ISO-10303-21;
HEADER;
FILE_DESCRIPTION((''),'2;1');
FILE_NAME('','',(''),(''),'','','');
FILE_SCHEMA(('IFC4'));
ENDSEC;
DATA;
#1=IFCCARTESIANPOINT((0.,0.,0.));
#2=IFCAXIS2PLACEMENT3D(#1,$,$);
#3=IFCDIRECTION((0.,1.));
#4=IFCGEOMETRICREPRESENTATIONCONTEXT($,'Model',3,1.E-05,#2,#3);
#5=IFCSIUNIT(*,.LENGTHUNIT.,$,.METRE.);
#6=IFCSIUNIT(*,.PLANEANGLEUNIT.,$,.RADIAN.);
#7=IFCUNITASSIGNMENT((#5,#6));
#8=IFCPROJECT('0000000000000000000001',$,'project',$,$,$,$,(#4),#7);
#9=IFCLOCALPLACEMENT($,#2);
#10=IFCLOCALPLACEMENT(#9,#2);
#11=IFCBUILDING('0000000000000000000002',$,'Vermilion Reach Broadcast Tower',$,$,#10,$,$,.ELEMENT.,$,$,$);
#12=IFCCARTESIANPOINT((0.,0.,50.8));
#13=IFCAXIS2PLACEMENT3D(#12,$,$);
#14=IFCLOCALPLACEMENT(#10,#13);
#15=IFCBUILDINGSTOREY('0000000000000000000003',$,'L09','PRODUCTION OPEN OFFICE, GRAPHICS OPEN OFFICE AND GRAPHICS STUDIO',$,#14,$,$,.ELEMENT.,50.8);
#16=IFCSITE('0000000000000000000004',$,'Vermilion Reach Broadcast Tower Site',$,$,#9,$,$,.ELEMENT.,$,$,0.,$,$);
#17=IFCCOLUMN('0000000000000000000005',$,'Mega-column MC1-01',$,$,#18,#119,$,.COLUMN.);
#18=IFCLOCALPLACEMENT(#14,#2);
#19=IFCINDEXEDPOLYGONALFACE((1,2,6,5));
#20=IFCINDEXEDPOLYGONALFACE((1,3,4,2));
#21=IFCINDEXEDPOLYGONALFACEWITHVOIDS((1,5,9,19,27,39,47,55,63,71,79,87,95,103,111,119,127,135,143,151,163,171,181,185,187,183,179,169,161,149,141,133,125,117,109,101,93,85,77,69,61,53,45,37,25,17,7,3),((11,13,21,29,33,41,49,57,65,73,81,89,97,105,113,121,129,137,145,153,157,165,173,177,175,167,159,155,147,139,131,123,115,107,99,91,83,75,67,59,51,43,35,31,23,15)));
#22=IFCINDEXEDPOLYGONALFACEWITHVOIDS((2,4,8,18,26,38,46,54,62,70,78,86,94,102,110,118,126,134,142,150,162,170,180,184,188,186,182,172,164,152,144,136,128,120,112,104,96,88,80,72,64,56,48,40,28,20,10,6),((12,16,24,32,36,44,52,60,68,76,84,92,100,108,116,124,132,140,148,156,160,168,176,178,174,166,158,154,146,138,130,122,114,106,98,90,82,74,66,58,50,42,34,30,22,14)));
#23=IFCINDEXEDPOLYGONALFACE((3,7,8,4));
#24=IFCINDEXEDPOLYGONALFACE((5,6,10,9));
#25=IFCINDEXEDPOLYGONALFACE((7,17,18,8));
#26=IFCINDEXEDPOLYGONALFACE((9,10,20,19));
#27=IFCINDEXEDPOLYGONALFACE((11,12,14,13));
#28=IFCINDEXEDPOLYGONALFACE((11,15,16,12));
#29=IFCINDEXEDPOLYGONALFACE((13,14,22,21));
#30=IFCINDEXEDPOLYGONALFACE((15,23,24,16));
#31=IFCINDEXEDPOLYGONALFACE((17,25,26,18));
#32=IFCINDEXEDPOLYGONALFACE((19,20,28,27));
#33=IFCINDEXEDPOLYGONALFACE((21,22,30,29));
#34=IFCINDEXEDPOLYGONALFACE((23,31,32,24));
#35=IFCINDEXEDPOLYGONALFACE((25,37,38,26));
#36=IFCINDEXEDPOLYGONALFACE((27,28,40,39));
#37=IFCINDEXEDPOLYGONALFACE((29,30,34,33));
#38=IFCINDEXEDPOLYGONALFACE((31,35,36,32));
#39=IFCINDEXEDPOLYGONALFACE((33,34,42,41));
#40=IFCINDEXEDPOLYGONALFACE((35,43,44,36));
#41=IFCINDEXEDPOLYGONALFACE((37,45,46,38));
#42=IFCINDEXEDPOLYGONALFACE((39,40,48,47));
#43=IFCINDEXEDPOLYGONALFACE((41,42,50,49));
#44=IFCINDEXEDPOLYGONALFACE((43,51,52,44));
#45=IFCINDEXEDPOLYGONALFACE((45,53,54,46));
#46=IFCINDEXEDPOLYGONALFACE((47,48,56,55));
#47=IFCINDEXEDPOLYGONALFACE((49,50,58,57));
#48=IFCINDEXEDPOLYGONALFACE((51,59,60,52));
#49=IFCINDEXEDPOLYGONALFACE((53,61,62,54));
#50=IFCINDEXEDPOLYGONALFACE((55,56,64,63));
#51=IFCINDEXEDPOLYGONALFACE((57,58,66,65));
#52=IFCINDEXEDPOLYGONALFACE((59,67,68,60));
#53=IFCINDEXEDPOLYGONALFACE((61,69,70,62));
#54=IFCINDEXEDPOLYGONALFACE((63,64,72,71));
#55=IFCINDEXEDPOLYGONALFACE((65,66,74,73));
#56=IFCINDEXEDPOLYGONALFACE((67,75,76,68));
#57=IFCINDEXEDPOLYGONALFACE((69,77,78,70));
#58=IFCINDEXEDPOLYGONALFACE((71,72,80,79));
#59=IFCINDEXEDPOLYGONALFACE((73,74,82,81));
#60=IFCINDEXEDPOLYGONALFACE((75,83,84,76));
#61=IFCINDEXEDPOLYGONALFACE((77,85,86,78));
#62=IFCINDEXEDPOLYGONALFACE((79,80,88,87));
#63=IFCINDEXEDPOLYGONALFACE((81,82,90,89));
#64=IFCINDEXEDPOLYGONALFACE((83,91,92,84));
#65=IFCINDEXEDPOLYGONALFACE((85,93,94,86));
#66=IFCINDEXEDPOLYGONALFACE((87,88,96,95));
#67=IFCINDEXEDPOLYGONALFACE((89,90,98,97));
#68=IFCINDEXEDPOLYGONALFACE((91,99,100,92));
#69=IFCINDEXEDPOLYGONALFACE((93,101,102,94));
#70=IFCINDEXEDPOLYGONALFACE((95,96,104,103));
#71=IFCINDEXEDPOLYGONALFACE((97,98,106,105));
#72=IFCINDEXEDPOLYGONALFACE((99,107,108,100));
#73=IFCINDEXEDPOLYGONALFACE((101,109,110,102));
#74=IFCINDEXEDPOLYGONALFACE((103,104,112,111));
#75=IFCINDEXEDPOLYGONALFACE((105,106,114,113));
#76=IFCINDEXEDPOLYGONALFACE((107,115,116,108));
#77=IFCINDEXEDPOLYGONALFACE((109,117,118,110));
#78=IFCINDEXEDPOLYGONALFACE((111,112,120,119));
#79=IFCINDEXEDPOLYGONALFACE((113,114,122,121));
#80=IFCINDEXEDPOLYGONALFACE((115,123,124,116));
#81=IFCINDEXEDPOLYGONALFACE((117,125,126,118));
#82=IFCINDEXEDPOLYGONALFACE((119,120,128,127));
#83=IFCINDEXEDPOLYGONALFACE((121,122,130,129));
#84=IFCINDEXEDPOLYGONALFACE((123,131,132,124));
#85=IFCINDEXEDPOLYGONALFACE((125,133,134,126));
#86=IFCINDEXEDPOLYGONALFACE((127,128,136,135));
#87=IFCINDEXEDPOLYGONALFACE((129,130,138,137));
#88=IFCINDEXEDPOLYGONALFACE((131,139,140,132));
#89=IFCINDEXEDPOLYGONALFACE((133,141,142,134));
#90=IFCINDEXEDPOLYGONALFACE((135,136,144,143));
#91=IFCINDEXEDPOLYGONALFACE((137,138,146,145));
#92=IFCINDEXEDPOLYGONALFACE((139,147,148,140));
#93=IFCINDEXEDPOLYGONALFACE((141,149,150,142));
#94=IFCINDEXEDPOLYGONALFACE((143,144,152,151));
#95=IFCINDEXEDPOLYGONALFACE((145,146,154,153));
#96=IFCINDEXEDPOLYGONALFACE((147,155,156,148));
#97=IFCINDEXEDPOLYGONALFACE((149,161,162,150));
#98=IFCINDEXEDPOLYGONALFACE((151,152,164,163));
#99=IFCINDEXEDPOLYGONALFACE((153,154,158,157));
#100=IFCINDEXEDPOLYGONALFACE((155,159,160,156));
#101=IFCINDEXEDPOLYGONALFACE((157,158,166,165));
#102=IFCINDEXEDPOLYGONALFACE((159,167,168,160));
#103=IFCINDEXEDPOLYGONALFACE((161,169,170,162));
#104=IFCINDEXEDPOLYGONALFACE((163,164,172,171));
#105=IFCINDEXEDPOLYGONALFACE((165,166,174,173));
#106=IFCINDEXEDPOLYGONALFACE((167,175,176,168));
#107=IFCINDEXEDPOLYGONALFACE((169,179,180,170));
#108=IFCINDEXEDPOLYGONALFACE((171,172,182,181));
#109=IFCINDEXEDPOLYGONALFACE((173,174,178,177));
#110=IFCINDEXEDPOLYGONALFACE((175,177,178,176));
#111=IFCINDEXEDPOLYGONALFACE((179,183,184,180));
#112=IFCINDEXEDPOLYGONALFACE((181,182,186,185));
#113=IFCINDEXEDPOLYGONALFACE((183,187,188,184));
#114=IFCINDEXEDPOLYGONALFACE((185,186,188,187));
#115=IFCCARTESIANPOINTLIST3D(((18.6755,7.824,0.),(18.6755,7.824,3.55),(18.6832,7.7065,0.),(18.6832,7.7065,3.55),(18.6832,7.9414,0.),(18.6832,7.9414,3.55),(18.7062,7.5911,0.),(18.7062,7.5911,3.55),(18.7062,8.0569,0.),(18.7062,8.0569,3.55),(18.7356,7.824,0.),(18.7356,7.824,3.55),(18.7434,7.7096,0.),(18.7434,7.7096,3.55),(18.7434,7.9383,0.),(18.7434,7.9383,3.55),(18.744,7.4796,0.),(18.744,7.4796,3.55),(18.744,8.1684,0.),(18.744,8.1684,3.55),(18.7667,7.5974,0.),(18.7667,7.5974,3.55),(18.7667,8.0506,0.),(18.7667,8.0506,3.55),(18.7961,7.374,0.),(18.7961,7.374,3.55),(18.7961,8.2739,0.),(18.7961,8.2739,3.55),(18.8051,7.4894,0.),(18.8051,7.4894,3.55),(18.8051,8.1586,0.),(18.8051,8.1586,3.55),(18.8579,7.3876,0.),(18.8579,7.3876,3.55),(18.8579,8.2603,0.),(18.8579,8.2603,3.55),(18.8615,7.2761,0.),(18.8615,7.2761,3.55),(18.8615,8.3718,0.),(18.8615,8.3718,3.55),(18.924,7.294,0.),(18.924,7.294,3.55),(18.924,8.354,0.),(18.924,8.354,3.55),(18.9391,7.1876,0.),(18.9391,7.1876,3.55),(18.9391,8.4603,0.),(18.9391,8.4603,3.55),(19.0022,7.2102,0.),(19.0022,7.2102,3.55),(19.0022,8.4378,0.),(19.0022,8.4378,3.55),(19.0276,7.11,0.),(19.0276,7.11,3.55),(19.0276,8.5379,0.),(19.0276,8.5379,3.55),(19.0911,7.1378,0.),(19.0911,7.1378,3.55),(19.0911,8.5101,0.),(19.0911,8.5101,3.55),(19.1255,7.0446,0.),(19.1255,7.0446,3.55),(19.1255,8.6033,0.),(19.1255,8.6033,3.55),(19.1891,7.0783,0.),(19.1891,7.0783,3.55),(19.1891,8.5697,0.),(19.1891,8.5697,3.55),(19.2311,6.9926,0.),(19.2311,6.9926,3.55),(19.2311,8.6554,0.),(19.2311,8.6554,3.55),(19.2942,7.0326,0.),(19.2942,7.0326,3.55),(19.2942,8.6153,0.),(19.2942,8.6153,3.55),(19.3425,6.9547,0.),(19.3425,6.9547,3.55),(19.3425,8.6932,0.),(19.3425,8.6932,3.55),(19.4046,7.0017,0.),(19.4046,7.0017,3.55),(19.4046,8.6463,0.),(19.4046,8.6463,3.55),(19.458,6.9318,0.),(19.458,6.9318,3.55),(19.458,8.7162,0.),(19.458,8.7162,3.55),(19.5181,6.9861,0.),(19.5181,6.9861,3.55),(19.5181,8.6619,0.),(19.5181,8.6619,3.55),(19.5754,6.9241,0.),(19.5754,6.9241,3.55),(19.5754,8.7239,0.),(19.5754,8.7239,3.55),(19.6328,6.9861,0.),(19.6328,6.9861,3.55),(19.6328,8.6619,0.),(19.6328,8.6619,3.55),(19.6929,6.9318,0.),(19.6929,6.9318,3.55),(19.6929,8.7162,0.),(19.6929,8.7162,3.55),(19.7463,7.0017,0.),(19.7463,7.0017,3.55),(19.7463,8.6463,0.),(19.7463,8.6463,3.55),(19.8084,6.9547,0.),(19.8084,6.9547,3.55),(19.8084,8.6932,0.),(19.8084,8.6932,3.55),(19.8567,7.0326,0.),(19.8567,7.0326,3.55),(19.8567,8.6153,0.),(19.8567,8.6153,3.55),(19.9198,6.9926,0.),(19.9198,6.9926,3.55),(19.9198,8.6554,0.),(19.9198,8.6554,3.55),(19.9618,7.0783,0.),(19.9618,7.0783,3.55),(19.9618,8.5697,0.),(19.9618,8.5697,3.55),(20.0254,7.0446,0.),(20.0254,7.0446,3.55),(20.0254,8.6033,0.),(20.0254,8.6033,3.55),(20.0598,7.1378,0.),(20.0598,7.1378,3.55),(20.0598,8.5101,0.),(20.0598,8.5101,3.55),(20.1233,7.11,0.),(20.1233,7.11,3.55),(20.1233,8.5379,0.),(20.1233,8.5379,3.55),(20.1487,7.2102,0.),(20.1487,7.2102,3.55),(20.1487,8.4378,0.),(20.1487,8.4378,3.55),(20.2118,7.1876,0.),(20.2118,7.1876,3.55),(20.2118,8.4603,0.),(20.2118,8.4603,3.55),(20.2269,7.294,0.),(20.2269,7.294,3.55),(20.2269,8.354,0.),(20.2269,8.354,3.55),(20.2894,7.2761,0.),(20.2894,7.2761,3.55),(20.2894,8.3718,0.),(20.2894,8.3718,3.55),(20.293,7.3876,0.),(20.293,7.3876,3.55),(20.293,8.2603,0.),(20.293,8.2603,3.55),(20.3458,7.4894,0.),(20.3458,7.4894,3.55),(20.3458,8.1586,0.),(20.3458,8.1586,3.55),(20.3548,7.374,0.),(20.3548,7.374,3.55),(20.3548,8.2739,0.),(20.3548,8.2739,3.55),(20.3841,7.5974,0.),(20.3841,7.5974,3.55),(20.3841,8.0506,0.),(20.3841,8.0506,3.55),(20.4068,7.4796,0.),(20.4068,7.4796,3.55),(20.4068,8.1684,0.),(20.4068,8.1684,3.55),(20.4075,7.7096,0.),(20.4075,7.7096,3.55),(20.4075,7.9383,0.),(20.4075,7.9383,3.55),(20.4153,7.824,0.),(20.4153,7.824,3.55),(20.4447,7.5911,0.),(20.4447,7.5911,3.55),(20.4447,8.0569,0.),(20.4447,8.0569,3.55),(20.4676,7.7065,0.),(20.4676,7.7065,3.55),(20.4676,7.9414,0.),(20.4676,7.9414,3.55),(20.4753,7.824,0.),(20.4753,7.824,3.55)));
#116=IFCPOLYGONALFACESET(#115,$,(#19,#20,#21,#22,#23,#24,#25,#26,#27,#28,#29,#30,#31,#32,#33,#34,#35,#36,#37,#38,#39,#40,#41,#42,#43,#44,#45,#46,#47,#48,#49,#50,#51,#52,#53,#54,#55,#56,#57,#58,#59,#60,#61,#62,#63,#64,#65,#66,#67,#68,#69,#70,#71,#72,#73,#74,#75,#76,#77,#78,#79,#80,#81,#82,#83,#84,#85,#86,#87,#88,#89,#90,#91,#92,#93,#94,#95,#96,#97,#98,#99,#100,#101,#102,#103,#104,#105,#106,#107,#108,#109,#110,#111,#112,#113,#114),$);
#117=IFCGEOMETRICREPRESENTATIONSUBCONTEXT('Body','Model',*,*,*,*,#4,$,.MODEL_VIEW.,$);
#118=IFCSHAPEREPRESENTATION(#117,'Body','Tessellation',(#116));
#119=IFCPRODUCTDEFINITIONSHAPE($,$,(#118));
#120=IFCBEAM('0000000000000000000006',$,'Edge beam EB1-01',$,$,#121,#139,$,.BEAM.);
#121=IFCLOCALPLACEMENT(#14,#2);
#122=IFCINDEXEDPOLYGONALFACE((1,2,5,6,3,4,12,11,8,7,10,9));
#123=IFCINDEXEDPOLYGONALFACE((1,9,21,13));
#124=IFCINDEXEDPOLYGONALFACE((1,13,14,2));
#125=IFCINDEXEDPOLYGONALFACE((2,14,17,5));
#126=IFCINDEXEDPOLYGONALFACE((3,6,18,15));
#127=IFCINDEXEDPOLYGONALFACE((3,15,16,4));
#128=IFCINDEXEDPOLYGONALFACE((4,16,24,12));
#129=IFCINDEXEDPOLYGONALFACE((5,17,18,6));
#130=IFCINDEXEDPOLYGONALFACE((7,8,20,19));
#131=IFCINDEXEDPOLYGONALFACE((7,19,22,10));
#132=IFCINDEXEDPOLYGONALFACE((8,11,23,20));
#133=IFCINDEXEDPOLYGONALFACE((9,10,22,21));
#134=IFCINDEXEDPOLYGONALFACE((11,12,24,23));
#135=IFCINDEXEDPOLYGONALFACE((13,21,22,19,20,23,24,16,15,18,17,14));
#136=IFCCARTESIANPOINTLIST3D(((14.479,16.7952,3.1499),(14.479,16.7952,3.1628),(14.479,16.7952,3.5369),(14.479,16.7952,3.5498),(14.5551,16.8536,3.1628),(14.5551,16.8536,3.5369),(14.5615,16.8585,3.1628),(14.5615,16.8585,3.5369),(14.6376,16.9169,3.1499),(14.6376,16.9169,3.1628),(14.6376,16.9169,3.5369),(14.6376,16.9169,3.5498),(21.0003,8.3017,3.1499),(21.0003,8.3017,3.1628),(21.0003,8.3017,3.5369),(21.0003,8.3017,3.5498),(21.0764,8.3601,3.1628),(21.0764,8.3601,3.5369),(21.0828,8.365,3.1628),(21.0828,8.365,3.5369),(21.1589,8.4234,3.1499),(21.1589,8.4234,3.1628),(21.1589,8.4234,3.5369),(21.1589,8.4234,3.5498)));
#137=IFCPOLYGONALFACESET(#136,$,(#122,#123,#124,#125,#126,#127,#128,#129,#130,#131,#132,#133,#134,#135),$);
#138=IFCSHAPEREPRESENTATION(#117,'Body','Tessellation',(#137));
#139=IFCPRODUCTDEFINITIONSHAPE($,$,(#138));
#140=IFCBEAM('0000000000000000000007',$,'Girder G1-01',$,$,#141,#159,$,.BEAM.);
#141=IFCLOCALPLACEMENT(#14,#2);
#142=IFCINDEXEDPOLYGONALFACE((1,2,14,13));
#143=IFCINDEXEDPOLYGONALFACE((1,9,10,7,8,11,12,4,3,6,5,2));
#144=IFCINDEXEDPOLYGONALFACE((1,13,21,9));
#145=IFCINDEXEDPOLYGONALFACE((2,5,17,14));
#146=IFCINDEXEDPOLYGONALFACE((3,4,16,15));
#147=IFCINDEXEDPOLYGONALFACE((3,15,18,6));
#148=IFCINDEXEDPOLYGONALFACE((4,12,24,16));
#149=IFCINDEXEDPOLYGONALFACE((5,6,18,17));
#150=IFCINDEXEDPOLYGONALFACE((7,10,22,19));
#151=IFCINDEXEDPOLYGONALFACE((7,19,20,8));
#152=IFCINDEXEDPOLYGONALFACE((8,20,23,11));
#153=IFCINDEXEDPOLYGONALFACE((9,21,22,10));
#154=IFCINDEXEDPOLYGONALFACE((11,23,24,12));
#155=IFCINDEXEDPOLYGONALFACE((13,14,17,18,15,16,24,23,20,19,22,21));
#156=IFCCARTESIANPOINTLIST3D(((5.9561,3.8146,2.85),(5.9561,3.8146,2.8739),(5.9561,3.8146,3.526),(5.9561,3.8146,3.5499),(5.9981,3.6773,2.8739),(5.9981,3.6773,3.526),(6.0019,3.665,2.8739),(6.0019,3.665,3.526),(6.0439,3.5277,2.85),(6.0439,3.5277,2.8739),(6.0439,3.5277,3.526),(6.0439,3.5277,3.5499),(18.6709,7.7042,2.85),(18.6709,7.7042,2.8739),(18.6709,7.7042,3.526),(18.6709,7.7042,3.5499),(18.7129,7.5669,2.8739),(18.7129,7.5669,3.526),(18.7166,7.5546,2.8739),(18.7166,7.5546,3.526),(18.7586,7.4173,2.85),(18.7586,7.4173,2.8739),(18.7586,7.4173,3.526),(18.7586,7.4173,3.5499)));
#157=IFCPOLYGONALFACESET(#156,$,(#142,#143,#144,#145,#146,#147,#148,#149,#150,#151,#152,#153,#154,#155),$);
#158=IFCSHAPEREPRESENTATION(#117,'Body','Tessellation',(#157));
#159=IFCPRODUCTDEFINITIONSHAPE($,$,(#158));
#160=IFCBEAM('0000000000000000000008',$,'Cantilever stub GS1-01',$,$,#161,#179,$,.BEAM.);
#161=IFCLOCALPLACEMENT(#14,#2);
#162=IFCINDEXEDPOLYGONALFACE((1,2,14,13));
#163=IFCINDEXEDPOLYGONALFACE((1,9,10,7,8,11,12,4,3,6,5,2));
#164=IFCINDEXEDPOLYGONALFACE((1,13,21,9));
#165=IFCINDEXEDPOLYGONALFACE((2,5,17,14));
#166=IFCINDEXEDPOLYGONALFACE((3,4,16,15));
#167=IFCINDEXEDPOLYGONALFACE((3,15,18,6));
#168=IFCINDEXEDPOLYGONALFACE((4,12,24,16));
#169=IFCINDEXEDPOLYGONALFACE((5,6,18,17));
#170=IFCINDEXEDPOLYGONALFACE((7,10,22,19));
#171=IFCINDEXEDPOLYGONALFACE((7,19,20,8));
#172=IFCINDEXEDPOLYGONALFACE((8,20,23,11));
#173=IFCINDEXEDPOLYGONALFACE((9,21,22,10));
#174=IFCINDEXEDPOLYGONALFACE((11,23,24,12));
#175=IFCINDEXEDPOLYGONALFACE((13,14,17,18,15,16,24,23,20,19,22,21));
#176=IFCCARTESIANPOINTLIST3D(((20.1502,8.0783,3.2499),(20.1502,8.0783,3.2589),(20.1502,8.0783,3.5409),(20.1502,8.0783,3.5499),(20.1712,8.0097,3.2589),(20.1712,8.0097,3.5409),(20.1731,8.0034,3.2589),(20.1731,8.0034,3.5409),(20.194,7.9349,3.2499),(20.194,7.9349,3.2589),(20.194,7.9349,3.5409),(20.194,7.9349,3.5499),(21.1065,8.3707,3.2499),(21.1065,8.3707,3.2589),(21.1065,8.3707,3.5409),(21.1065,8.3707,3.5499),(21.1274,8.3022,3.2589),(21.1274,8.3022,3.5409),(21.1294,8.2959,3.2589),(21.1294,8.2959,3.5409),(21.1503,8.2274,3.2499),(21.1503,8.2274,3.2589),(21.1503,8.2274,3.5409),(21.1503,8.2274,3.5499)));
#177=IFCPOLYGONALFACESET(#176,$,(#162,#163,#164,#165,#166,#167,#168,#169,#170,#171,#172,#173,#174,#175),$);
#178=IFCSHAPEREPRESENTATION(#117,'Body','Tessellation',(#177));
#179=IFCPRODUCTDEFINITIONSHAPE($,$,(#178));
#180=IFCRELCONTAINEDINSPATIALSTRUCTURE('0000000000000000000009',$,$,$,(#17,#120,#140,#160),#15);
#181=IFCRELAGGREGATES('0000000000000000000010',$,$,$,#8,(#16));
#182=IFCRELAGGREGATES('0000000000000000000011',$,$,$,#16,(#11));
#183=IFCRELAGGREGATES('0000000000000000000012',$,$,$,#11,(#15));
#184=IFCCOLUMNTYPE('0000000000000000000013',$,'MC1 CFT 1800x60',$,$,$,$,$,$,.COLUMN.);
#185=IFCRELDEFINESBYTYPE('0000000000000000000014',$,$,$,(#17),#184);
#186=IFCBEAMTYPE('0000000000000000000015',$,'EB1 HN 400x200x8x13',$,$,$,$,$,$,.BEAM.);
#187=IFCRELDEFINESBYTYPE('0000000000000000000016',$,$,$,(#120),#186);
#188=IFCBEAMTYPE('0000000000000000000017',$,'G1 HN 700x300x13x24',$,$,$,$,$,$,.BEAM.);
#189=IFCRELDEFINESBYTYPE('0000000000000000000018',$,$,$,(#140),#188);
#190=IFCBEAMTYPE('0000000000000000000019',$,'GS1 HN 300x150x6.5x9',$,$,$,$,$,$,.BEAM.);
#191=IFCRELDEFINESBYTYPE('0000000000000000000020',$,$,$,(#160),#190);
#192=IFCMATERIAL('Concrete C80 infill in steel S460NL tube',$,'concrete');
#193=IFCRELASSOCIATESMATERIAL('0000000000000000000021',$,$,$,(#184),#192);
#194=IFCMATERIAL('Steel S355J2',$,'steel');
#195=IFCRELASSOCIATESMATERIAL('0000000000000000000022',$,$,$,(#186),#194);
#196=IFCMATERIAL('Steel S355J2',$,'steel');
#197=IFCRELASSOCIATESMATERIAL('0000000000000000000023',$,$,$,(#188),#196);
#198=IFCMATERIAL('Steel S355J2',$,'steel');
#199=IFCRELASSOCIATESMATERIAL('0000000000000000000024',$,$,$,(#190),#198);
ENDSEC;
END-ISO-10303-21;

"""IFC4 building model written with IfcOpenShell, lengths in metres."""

from ifc_helpers import new_model, si_unit, direction, frame, origin, origin_2d, place, context, subcontext, project, spatial, hollow_circle, i_section, extrude, material, material_profile, profile_set, type_object, element, save


model = new_model("IFC4")

# Units and contexts
model_context = context("Model", 3, precision=1e-05, world=origin(), true_north=direction((0.0, 1.0)))
body_context = subcontext(model_context, "Body", "Model", "MODEL_VIEW")
ifc_project = project(units=[si_unit("LENGTHUNIT", "METRE"), si_unit("PLANEANGLEUNIT", "RADIAN")], contexts=[model_context])

# Site, building, storey
site_placement = place(None, origin())
site = spatial("IfcSite", under=ifc_project, at=site_placement, Name="Vermilion Reach Broadcast Tower Site", CompositionType="ELEMENT", RefElevation=0.0)
building_placement = place(site_placement, origin())
building = spatial("IfcBuilding", under=site, at=building_placement, Name="Vermilion Reach Broadcast Tower", CompositionType="ELEMENT")
storey_placement = place(building_placement, frame((0.0, 0.0, 50.8)))
storey = spatial("IfcBuildingStorey", under=building, at=storey_placement, Name="L09", Description="PRODUCTION OPEN OFFICE, GRAPHICS OPEN OFFICE AND GRAPHICS STUDIO", CompositionType="ELEMENT", Elevation=50.8)

# Column
ifc_material_1 = material(Name="Concrete C80 infill in steel S460NL tube", Category="concrete")
ifc_material_profile_1 = material_profile(ifc_material_1, hollow_circle(Radius=0.8999, WallThickness=0.0601, at=origin_2d()), Name="Concrete C80 infill in steel S460NL tube CFT 1800x60")
ifc_profile_set_1 = profile_set([ifc_material_profile_1], Name="Concrete C80 infill in steel S460NL tube")
column_type = type_object("IfcColumnType", Name="MC1 CFT 1800x60", PredefinedType="COLUMN", material=ifc_profile_set_1)
column_placement = place(storey_placement, frame((19.5754, 7.824, 0.0), z_axis=(0.0, 0.0, 1.0), x_axis=(1.0, 0.0, 0.0)))
element("IfcColumn", 1, at=column_placement, inside=storey, type_object=column_type, Name="Mega-column MC1-01", PredefinedType="COLUMN", context=body_context, shape_type="SweptSolid", body=[
    extrude(hollow_circle(Radius=0.8999, WallThickness=0.0601, at=origin_2d()), origin(), (0.0, 0.0, 1.0), 3.55),
])

# Beams
ifc_material_2 = material(Name="Steel S355J2", Category="steel")
ifc_material_profile_2 = material_profile(ifc_material_2, i_section(OverallWidth=0.2, OverallDepth=0.3999, WebThickness=0.0081, FlangeThickness=0.0129, at=origin_2d()), Name="S355J2 HN 400x200x8x13")
ifc_profile_set_2 = profile_set([ifc_material_profile_2], Name="Steel S355J2")
beam_type_1 = type_object("IfcBeamType", Name="EB1 HN 400x200x8x13", PredefinedType="BEAM", material=ifc_profile_set_2)
beam_1_placement = place(storey_placement, frame((21.0796, 8.3625, 3.3499), z_axis=(-0.608998, 0.793172, 0.0), x_axis=(-0.793172, -0.608998, 0.0)))
element("IfcBeam", 2, at=beam_1_placement, inside=storey, type_object=beam_type_1, Name="Edge beam EB1-01", PredefinedType="BEAM", context=body_context, shape_type="SweptSolid", body=[
    extrude(i_section(OverallWidth=0.2, OverallDepth=0.3999, WebThickness=0.0081, FlangeThickness=0.0129, at=origin_2d()), origin(), (0.0, 0.0, 1.0), 10.7083),
])
ifc_material_3 = material(Name="Steel S355J2", Category="steel")
ifc_material_profile_3 = material_profile(ifc_material_3, i_section(OverallWidth=0.3, OverallDepth=0.7, WebThickness=0.0129, FlangeThickness=0.0239, at=origin_2d()), Name="S355J2 HN 700x300x13x24")
ifc_profile_set_3 = profile_set([ifc_material_profile_3], Name="Steel S355J2")
beam_type_2 = type_object("IfcBeamType", Name="G1 HN 700x300x13x24", PredefinedType="BEAM", material=ifc_profile_set_3)
beam_2_placement = place(storey_placement, frame((6.0, 3.6711, 3.2), z_axis=(0.956256, 0.292532, 0.0), x_axis=(-0.292532, 0.956256, 0.0)))
element("IfcBeam", 3, at=beam_2_placement, inside=storey, type_object=beam_type_2, Name="Girder G1-01", PredefinedType="BEAM", context=body_context, shape_type="SweptSolid", body=[
    extrude(i_section(OverallWidth=0.3, OverallDepth=0.7, WebThickness=0.0129, FlangeThickness=0.0239, at=origin_2d()), origin(), (0.0, 0.0, 1.0), 13.2964),
])
ifc_material_4 = material(Name="Steel S355J2", Category="steel")
ifc_material_profile_4 = material_profile(ifc_material_4, i_section(OverallWidth=0.1499, OverallDepth=0.3, WebThickness=0.0066, FlangeThickness=0.009, at=origin_2d()), Name="S355J2 HN 300x150x6.5x9")
ifc_profile_set_4 = profile_set([ifc_material_profile_4], Name="Steel S355J2")
beam_type_3 = type_object("IfcBeamType", Name="GS1 HN 300x150x6.5x9", PredefinedType="BEAM", material=ifc_profile_set_4)
beam_3_placement = place(storey_placement, frame((20.1721, 8.0066, 3.3999), z_axis=(0.956274, 0.292473, 0.0), x_axis=(-0.292473, 0.956274, 0.0)))
element("IfcBeam", 4, at=beam_3_placement, inside=storey, type_object=beam_type_3, Name="Cantilever stub GS1-01", PredefinedType="BEAM", context=body_context, shape_type="SweptSolid", body=[
    extrude(i_section(OverallWidth=0.1499, OverallDepth=0.3, WebThickness=0.0066, FlangeThickness=0.009, at=origin_2d()), origin(), (0.0, 0.0, 1.0), 1.0),
])

save(model, "model.ifc")
